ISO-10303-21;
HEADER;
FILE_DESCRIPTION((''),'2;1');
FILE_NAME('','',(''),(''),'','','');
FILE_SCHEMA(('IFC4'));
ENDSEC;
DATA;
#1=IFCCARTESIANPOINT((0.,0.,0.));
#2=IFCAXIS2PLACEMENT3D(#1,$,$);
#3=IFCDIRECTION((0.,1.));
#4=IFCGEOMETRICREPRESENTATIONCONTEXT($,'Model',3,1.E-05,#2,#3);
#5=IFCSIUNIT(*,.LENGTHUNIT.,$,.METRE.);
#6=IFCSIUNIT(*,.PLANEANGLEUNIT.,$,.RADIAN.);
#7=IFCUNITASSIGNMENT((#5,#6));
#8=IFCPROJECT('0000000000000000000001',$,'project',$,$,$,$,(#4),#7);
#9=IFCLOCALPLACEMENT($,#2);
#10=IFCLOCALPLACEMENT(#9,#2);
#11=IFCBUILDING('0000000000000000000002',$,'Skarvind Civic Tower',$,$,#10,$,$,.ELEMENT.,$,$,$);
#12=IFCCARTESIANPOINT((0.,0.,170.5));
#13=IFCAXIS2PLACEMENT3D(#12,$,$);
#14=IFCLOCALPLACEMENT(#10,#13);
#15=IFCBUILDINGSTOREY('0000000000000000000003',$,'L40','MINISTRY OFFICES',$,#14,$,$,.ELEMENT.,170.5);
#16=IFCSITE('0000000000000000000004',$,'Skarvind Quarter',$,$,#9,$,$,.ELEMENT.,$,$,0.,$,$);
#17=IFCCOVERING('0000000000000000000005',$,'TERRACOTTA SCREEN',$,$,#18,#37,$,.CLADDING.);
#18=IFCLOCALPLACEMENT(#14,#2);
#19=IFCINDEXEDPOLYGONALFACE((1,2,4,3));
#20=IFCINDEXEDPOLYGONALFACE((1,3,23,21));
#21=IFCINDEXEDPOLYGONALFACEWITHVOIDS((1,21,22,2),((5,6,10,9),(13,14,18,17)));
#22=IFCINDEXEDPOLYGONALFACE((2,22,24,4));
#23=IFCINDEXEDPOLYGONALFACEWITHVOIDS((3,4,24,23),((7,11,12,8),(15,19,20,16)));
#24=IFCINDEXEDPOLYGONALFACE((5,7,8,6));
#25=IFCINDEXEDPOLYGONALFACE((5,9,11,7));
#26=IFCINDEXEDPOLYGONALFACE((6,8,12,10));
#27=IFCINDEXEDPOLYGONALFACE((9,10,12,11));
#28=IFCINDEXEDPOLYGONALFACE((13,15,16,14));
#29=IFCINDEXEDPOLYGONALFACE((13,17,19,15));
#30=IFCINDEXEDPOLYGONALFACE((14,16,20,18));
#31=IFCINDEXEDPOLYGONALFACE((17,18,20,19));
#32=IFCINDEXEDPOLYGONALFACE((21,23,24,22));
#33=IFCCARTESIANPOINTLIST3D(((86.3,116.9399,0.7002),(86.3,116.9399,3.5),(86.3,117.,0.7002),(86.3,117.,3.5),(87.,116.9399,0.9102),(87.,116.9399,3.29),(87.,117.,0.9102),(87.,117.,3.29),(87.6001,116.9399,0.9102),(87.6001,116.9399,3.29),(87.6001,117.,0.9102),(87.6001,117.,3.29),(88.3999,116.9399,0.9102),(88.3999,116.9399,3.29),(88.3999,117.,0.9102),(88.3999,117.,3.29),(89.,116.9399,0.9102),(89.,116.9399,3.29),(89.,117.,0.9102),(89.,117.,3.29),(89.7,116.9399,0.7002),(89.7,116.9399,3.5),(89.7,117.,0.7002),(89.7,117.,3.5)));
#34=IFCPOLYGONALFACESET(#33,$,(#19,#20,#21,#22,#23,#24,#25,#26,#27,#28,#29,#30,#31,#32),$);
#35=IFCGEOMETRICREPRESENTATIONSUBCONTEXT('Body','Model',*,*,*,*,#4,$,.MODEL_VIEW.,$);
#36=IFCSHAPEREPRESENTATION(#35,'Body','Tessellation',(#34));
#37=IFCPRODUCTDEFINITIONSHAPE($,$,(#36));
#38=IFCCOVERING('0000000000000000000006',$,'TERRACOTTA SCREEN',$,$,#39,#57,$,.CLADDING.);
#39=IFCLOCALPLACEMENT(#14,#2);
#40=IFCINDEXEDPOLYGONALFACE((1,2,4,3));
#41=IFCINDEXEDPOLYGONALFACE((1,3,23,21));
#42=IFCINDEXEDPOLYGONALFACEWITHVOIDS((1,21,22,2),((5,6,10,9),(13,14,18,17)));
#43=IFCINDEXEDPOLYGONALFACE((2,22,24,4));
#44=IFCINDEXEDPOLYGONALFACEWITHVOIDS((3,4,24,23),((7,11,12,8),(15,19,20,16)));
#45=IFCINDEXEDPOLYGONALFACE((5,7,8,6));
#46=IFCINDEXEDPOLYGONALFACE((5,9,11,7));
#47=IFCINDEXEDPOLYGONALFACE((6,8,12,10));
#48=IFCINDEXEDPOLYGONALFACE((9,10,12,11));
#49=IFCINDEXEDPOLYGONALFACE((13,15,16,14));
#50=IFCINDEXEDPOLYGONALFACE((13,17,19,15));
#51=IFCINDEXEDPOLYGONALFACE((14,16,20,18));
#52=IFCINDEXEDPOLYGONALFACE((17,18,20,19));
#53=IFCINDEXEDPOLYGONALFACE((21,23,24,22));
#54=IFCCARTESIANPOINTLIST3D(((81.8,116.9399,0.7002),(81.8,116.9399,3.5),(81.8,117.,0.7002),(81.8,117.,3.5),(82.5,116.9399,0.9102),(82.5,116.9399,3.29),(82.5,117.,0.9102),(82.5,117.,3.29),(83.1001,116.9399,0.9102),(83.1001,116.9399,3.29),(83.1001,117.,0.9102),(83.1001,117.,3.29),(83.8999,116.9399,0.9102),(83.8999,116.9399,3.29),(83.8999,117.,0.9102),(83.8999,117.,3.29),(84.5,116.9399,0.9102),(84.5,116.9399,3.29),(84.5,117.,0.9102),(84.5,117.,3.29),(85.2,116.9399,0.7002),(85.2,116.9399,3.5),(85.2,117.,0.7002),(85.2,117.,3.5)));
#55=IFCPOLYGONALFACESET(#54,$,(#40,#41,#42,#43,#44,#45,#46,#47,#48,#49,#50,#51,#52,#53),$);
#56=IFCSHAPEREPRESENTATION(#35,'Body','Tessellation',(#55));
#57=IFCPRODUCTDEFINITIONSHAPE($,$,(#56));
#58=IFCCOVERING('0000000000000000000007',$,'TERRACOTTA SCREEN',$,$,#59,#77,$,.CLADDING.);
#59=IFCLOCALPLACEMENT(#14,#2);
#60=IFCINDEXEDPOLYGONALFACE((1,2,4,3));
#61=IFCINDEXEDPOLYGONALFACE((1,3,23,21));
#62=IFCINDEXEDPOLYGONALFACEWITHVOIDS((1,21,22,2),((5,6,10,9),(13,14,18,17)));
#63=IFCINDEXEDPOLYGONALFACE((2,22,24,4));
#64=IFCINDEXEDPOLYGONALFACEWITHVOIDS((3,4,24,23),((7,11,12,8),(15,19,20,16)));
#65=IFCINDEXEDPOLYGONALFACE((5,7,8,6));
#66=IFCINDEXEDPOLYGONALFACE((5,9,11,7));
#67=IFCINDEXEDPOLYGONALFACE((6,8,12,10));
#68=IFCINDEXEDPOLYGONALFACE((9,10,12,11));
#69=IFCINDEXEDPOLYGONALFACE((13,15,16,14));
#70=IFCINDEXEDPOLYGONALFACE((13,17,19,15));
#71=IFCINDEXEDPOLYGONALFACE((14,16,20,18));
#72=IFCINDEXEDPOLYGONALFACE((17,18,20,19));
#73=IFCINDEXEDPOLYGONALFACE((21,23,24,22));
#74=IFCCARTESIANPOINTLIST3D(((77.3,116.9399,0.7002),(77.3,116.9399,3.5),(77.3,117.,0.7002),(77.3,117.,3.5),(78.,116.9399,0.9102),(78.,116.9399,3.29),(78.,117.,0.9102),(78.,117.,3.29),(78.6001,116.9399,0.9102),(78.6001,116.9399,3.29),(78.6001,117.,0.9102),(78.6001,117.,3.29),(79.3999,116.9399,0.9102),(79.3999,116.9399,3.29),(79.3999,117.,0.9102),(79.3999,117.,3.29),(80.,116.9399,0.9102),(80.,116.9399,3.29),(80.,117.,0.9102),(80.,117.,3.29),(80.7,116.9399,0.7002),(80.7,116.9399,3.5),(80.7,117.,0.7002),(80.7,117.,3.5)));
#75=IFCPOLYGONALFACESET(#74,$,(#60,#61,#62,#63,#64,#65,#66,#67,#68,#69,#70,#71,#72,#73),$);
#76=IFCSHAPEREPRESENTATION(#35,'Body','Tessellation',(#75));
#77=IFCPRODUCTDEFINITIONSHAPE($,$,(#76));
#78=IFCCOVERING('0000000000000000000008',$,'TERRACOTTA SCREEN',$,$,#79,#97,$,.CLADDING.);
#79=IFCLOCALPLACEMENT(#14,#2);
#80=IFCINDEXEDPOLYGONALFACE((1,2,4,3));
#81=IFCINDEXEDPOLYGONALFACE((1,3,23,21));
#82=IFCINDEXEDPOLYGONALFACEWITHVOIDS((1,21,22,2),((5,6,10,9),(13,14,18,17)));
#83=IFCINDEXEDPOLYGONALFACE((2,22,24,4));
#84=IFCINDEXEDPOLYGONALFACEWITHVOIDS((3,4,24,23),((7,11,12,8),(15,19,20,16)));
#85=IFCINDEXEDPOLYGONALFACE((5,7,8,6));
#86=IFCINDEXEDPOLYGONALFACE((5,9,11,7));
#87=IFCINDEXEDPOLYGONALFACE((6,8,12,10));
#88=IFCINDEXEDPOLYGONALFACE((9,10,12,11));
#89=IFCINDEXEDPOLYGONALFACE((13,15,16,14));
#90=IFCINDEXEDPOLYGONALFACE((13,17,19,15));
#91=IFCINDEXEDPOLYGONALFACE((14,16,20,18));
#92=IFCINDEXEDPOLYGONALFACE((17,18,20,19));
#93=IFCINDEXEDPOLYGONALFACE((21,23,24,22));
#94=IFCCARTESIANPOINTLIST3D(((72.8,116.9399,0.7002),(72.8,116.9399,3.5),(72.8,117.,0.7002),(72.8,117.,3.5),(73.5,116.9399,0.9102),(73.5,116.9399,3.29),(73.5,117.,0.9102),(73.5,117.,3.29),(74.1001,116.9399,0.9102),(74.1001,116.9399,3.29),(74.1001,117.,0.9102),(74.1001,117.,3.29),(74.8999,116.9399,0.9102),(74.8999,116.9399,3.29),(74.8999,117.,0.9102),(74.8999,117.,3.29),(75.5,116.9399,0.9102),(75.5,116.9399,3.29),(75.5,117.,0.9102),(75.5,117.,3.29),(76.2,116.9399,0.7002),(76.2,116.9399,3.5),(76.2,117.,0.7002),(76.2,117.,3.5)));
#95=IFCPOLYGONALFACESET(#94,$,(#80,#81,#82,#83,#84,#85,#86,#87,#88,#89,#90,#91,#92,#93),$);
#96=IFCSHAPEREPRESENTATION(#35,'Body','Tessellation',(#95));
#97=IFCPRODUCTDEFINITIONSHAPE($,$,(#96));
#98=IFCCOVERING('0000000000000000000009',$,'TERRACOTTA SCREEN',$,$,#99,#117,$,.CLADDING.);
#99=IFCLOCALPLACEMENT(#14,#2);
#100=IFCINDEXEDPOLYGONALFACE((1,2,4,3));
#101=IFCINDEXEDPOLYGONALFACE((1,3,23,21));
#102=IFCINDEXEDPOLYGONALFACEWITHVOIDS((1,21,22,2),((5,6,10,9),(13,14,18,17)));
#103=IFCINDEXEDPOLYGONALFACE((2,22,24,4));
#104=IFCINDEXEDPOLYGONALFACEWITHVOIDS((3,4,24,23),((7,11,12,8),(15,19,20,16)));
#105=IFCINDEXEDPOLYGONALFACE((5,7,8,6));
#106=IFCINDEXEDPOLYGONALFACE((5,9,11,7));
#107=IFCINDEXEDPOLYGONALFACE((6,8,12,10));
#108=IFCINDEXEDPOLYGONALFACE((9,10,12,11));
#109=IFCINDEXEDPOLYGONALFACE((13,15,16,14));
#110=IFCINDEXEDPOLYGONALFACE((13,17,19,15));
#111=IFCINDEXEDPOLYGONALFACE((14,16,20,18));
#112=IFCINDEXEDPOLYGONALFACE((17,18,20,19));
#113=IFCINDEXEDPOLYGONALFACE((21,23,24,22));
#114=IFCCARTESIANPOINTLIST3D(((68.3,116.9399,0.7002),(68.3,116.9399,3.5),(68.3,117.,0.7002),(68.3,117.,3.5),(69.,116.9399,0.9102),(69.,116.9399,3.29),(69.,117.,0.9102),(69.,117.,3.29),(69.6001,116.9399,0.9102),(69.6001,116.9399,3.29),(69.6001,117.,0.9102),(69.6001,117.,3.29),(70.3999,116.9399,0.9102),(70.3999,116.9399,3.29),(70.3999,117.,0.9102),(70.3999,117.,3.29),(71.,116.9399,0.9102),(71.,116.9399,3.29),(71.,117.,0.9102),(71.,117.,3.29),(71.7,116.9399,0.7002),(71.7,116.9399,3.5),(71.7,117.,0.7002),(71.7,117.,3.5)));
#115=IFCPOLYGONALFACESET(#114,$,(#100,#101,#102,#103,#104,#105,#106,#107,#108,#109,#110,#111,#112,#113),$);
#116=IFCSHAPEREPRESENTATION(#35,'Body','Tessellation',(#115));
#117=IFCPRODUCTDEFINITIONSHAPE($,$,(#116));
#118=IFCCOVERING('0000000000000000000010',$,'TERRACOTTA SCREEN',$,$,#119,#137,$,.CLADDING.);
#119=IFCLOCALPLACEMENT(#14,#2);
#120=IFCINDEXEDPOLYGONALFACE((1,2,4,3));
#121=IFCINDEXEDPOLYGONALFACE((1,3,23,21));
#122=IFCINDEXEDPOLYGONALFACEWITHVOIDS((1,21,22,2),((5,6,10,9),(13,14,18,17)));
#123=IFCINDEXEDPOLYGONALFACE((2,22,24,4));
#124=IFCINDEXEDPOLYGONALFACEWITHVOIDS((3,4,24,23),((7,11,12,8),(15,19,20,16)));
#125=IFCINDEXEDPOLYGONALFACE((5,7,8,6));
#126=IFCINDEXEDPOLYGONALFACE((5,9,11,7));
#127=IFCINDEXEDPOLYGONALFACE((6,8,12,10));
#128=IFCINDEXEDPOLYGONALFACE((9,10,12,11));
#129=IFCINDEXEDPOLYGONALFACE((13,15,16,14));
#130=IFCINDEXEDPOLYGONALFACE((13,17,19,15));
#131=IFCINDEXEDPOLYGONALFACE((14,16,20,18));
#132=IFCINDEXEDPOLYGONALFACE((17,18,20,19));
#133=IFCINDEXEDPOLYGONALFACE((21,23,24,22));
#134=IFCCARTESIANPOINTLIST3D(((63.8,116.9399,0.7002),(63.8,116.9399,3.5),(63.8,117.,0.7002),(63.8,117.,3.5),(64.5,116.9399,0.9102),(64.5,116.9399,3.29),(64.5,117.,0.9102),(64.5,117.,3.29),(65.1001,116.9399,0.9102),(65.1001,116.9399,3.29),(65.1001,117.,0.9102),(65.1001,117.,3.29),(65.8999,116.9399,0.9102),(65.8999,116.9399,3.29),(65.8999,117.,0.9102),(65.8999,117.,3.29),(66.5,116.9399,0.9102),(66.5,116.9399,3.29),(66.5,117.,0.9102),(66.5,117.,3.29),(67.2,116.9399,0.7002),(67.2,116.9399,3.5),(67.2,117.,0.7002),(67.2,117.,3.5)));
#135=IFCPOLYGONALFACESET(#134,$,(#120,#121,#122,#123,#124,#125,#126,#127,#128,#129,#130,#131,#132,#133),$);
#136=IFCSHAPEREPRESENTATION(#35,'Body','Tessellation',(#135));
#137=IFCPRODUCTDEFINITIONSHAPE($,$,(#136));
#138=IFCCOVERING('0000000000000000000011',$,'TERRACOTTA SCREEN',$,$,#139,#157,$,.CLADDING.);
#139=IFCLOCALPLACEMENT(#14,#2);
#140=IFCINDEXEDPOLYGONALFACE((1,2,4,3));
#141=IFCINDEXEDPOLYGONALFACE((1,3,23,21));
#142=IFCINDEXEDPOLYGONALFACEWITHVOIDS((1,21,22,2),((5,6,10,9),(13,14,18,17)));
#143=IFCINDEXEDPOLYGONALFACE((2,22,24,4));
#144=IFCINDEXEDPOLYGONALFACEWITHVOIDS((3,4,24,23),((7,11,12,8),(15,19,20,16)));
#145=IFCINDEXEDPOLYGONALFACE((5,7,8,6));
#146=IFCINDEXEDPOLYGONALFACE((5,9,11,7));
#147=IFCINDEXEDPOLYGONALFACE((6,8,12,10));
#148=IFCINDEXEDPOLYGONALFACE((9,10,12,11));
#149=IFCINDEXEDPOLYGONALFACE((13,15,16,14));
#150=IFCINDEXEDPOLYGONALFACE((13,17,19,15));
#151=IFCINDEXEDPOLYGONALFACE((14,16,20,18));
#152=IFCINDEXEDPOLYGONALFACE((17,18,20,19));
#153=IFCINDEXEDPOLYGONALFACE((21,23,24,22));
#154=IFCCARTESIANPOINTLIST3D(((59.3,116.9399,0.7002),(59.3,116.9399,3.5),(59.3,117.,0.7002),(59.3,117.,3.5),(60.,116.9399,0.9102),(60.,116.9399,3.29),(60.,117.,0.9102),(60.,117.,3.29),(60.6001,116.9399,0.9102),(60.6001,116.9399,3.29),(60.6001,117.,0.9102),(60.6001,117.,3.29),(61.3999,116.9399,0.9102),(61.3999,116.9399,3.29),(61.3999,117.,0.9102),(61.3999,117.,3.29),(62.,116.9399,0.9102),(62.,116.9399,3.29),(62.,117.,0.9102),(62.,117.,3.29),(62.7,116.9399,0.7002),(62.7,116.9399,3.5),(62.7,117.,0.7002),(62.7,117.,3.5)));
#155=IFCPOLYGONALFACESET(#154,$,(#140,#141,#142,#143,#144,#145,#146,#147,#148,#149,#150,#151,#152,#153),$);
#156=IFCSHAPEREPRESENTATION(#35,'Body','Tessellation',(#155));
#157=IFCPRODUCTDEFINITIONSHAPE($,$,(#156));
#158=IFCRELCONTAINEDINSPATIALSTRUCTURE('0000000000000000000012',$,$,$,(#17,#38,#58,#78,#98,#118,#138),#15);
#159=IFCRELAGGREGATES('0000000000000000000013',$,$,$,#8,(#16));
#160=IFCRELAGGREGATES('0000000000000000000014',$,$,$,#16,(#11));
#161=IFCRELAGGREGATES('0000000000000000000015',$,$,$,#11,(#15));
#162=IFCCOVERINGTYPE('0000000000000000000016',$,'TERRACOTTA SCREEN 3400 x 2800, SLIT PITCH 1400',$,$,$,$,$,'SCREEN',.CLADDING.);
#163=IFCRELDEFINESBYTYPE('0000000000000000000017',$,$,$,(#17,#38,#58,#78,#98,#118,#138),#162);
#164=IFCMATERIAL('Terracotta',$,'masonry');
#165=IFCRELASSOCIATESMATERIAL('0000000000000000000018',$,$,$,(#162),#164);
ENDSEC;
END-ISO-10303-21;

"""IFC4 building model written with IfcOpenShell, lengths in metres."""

from ifc_helpers import new_model, si_unit, direction, frame, origin, place, context, subcontext, project, spatial, polyline, outline, extrude, material, material_profile, profile_set, type_object, element, save


model = new_model("IFC4")

# Units and contexts
model_context = context("Model", 3, precision=1e-05, world=origin(), true_north=direction((0.0, 1.0)))
body_context = subcontext(model_context, "Body", "Model", "MODEL_VIEW")
ifc_project = project(units=[si_unit("LENGTHUNIT", "METRE"), si_unit("PLANEANGLEUNIT", "RADIAN")], contexts=[model_context])

# Site, building, storey
site_placement = place(None, origin())
site = spatial("IfcSite", under=ifc_project, at=site_placement, Name="Skarvind Quarter", CompositionType="ELEMENT", RefElevation=0.0)
building_placement = place(site_placement, origin())
building = spatial("IfcBuilding", under=site, at=building_placement, Name="Skarvind Civic Tower", CompositionType="ELEMENT")
storey_placement = place(building_placement, frame((0.0, 0.0, 170.5)))
storey = spatial("IfcBuildingStorey", under=building, at=storey_placement, Name="L40", Description="MINISTRY OFFICES", CompositionType="ELEMENT", Elevation=170.5)

# Coverings
ifc_material_1 = material(Name="Terracotta", Category="masonry")
ifc_material_profile_1 = material_profile(ifc_material_1, outline(polyline([(-1.7, -1.3999), (1.7, -1.3999), (1.7, 1.3999), (-1.7, 1.3999), (-1.7, -1.3999)]), holes=[polyline([(-1.0, -1.1899), (-0.3999, -1.1899), (-0.3999, 1.1899), (-1.0, 1.1899), (-1.0, -1.1899)]), polyline([(0.3999, -1.1899), (1.0, -1.1899), (1.0, 1.1899), (0.3999, 1.1899), (0.3999, -1.1899)])]), Name="TERRACOTTA SCREEN 3400 x 2800, SLIT PITCH 1400")
ifc_profile_set_1 = profile_set([ifc_material_profile_1], Name="Terracotta")
covering_type = type_object("IfcCoveringType", Name="TERRACOTTA SCREEN 3400 x 2800, SLIT PITCH 1400", ElementType="SCREEN", PredefinedType="CLADDING", material=ifc_profile_set_1)
for number, where, z_axis, x_axis, name in (
    (1, (88.0, 117.0, 2.1001), (0.0, -1.0, 0.0), (1.0, 0.0, 0.0), "TERRACOTTA SCREEN"),
    (2, (83.5, 117.0, 2.1001), (0.0, -1.0, 0.0), (1.0, 0.0, 0.0), "TERRACOTTA SCREEN"),
    (3, (79.0, 117.0, 2.1001), (0.0, -1.0, 0.0), (1.0, 0.0, 0.0), "TERRACOTTA SCREEN"),
    (4, (74.5, 117.0, 2.1001), (0.0, -1.0, 0.0), (1.0, 0.0, 0.0), "TERRACOTTA SCREEN"),
    (5, (70.0, 117.0, 2.1001), (0.0, -1.0, 0.0), (1.0, 0.0, 0.0), "TERRACOTTA SCREEN"),
    (6, (65.5, 117.0, 2.1001), (0.0, -1.0, 0.0), (1.0, 0.0, 0.0), "TERRACOTTA SCREEN"),
    (7, (61.0, 117.0, 2.1001), (0.0, -1.0, 0.0), (1.0, 0.0, 0.0), "TERRACOTTA SCREEN"),
):
    element("IfcCovering", number, at=place(storey_placement, frame(where, z_axis=z_axis, x_axis=x_axis)), inside=storey, type_object=covering_type, Name=name, PredefinedType="CLADDING", context=body_context, shape_type="SweptSolid", body=[
        extrude(outline(polyline([(-1.7, -1.3999), (1.7, -1.3999), (1.7, 1.3999), (-1.7, 1.3999), (-1.7, -1.3999)]), holes=[polyline([(-1.0, -1.1899), (-0.3999, -1.1899), (-0.3999, 1.1899), (-1.0, 1.1899), (-1.0, -1.1899)]), polyline([(0.3999, -1.1899), (1.0, -1.1899), (1.0, 1.1899), (0.3999, 1.1899), (0.3999, -1.1899)])]), origin(), (0.0, 0.0, 1.0), 0.0601),
    ])

save(model, "model.ifc")
